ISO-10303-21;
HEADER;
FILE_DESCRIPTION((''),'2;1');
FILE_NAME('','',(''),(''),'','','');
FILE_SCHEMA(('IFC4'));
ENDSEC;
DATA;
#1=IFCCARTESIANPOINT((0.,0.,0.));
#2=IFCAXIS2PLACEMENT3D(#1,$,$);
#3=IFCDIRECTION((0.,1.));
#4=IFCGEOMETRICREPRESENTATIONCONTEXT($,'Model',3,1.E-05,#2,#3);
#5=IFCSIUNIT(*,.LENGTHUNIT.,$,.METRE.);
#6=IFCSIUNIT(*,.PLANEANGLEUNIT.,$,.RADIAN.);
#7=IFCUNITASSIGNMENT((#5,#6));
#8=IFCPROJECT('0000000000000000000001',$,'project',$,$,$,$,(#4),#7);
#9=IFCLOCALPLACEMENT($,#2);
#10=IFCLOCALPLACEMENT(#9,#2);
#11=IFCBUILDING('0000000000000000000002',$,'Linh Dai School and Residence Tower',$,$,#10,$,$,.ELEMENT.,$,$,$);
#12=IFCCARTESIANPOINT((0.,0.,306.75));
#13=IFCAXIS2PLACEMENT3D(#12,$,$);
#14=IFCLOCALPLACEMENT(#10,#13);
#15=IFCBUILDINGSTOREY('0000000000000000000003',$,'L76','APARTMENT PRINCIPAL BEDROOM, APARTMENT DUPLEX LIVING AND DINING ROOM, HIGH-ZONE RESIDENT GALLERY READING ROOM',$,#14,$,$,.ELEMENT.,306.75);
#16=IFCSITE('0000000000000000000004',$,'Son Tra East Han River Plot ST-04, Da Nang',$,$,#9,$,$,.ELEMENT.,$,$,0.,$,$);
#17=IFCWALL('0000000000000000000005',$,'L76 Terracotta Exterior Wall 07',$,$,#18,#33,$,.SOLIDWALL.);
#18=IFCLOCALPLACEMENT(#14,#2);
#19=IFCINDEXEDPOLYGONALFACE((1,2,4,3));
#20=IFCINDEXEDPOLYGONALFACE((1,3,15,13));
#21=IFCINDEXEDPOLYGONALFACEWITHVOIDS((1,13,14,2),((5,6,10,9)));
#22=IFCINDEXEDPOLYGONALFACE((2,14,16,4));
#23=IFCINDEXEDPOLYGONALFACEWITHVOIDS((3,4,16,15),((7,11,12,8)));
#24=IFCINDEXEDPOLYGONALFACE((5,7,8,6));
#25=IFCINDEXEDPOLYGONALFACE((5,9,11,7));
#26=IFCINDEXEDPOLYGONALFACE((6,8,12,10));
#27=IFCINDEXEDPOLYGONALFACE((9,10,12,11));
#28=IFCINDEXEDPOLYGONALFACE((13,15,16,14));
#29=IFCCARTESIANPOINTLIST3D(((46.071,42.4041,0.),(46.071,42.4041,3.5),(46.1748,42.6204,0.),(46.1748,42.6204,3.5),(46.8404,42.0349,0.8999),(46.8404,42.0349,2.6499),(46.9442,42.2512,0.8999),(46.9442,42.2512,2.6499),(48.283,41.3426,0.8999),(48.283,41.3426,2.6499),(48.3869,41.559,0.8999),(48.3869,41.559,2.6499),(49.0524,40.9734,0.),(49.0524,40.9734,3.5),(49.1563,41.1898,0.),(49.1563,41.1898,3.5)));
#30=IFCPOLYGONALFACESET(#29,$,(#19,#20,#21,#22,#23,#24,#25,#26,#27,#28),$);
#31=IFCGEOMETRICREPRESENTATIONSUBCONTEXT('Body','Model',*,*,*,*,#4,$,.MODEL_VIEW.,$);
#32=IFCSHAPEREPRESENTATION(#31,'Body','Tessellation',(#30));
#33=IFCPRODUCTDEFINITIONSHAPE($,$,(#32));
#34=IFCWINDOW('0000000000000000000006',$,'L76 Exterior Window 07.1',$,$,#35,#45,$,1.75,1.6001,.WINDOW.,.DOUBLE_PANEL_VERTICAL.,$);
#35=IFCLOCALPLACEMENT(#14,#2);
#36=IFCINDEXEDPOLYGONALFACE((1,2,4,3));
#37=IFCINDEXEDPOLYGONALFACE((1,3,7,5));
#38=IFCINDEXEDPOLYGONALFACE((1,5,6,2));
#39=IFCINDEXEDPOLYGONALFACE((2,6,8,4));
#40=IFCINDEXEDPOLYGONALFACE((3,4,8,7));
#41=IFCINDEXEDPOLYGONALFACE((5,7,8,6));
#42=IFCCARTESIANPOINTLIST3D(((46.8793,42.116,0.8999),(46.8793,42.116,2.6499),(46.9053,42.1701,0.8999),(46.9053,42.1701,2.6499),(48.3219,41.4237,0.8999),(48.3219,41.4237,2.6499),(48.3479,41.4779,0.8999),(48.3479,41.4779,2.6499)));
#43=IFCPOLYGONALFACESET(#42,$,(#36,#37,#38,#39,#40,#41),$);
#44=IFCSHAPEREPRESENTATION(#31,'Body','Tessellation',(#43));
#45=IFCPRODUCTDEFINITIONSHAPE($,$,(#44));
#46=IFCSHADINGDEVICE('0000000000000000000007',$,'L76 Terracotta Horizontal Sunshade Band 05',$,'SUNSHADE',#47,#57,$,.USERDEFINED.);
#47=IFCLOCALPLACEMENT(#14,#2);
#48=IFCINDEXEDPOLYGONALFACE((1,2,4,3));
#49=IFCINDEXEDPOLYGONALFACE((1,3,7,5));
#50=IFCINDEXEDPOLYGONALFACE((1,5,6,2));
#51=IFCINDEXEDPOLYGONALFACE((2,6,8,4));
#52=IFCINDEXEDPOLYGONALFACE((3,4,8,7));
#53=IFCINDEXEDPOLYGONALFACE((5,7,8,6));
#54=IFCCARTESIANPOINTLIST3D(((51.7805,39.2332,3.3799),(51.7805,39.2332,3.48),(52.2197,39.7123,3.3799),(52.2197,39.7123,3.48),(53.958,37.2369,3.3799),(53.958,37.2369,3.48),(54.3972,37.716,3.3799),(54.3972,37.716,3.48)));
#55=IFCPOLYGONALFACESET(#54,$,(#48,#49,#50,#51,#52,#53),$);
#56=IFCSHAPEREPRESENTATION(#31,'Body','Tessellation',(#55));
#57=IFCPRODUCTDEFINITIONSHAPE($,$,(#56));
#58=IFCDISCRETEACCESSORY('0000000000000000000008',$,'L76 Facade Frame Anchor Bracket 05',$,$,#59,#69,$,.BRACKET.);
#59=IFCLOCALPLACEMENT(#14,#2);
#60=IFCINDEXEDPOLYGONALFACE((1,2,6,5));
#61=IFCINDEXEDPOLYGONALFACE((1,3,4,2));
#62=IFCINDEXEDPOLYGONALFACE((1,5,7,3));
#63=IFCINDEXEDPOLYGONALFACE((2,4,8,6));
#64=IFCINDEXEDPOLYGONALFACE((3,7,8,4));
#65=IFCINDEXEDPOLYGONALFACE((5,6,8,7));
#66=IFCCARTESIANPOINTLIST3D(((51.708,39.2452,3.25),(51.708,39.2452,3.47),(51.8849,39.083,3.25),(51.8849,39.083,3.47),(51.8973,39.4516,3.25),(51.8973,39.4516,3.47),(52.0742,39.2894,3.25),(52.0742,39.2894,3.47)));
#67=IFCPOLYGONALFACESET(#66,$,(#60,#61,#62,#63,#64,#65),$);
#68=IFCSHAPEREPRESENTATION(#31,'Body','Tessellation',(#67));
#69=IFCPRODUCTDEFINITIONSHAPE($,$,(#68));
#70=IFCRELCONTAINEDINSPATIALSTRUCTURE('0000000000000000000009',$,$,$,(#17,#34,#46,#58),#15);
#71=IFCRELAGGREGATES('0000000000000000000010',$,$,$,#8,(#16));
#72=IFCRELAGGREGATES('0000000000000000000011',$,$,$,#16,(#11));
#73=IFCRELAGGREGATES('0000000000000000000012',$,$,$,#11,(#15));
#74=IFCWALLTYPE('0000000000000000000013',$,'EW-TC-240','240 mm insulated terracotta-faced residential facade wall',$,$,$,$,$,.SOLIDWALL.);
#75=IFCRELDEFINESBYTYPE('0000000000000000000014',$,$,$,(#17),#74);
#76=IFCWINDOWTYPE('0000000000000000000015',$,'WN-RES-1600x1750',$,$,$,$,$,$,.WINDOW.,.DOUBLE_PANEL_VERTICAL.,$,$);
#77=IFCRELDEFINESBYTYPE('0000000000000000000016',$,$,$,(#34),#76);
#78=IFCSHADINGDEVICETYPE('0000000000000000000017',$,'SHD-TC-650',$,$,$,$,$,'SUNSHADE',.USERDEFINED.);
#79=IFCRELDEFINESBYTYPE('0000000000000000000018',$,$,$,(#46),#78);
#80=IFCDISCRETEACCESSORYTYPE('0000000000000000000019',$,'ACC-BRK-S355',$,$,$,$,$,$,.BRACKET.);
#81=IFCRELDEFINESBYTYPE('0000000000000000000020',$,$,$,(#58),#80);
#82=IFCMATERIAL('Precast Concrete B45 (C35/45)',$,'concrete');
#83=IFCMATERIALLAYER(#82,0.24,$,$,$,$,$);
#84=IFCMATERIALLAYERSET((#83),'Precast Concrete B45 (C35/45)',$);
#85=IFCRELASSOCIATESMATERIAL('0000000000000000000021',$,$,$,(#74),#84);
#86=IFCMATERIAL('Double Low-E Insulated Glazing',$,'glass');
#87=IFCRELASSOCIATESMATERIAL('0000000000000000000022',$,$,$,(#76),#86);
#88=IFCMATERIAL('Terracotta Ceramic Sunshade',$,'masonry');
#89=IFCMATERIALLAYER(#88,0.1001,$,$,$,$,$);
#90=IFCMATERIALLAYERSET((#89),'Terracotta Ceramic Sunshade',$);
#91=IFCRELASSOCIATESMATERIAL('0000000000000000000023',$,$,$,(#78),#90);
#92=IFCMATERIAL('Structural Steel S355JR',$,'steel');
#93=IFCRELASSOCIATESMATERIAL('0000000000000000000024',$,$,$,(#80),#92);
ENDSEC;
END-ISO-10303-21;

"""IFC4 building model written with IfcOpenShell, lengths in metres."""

from ifc_helpers import new_model, si_unit, direction, frame, frame_2d, origin, origin_2d, place, context, subcontext, project, spatial, rectangle, extrude, source, transform, mapped, material, layer, layer_set, type_object, element, fill, save


model = new_model("IFC4")

# Units and contexts
model_context = context("Model", 3, precision=1e-05, world=origin(), true_north=direction((0.0, 1.0)))
body_context = subcontext(model_context, "Body", "Model", "MODEL_VIEW")
ifc_project = project(units=[si_unit("LENGTHUNIT", "METRE"), si_unit("PLANEANGLEUNIT", "RADIAN")], contexts=[model_context])

# Site, building, storey
site_placement = place(None, origin())
site = spatial("IfcSite", under=ifc_project, at=site_placement, Name="Son Tra East Han River Plot ST-04, Da Nang", CompositionType="ELEMENT", RefElevation=0.0)
building_placement = place(site_placement, origin())
building = spatial("IfcBuilding", under=site, at=building_placement, Name="Linh Dai School and Residence Tower", CompositionType="ELEMENT")
storey_placement = place(building_placement, frame((0.0, 0.0, 306.75)))
storey = spatial("IfcBuildingStorey", under=building, at=storey_placement, Name="L76", Description="APARTMENT PRINCIPAL BEDROOM, APARTMENT DUPLEX LIVING AND DINING ROOM, HIGH-ZONE RESIDENT GALLERY READING ROOM", CompositionType="ELEMENT", Elevation=306.75)

# Shared definitions
ifc_material_1 = material(Name="Structural Steel S355JR", Category="steel")

# Shared definitions
ifc_material_2 = material(Name="Precast Concrete B45 (C35/45)", Category="concrete")

# Shared definitions
ifc_material_3 = material(Name="Double Low-E Insulated Glazing", Category="glass")

# Shared definitions
ifc_layer_1 = layer(ifc_material_2, 0.24)
ifc_layer_set_1 = layer_set([ifc_layer_1], Name="Precast Concrete B45 (C35/45)")
wall_type = type_object("IfcWallType", Name="EW-TC-240", Description="240 mm insulated terracotta-faced residential facade wall", PredefinedType="SOLIDWALL", material=ifc_layer_set_1)

# Wall, opening, window
wall_1_placement = place(storey_placement, frame((46.123, 42.5122, 0.0), z_axis=(0.0, 0.0, 1.0), x_axis=(0.901574, -0.432625, 0.0)))
wall_1 = element("IfcWall", 1, at=wall_1_placement, inside=storey, type_object=wall_type, Name="L76 Terracotta Exterior Wall 07", PredefinedType="SOLIDWALL", context=body_context, shape_type="SweptSolid", body=[
    extrude(rectangle(XDim=3.3069, YDim=0.24, at=frame_2d((1.6533, 0.0))), origin(), (0.0, 0.0, 1.0), 3.5),
])
opening_1_placement = place(wall_1_placement, frame((0.8533, 0.0, 0.8999)))
opening_1 = element("IfcOpeningElement", 2, at=opening_1_placement, cuts=wall_1, PredefinedType="OPENING", context=body_context, shape_type="SweptSolid", body=[
    extrude(rectangle(XDim=1.6001, YDim=1.75, at=origin_2d()), frame((0.8, 0.1299, 0.875), z_axis=(0.0, -1.0, 0.0), x_axis=(1.0, 0.0, 0.0)), (0.0, 0.0, 1.0), 0.26),
])
window_type_1 = type_object("IfcWindowType", Name="WN-RES-1600x1750", PartitioningType="DOUBLE_PANEL_VERTICAL", PredefinedType="WINDOW", material=ifc_material_3)
shared_shape_1 = source(origin(), body_context, "Body", "SweptSolid", [
    extrude(rectangle(XDim=1.6001, YDim=1.75, at=origin_2d()), frame((0.8, 0.03, 0.875), z_axis=(0.0, -1.0, 0.0), x_axis=(1.0, 0.0, 0.0)), (0.0, 0.0, 1.0), 0.0601),
])
window_1_placement = place(opening_1_placement, origin())
window_1 = element("IfcWindow", 3, at=window_1_placement, inside=storey, type_object=window_type_1, Name="L76 Exterior Window 07.1", OverallHeight=1.75, OverallWidth=1.6001, PartitioningType="DOUBLE_PANEL_VERTICAL", PredefinedType="WINDOW", context=body_context, shape_type="MappedRepresentation", body=[
    mapped(shared_shape_1, transform((0.0, 0.0, 0.0), x_axis=(1.0, 0.0, 0.0), y_axis=(0.0, 1.0, 0.0), z_axis=(0.0, 0.0, 1.0), scale=1.0)),
])
fill(opening_1, window_1)

# Shading device
ifc_material_4 = material(Name="Terracotta Ceramic Sunshade", Category="masonry")
ifc_layer_2 = layer(ifc_material_4, 0.1001)
ifc_layer_set_2 = layer_set([ifc_layer_2], Name="Terracotta Ceramic Sunshade")
shading_device_type = type_object("IfcShadingDeviceType", Name="SHD-TC-650", ElementType="SUNSHADE", PredefinedType="USERDEFINED", material=ifc_layer_set_2)
shared_shape_2 = source(origin(), body_context, "Body", "SweptSolid", [
    extrude(rectangle(XDim=2.9541, YDim=0.6499, at=origin_2d()), origin(), (0.0, 0.0, 1.0), 0.1001),
])
shading_device_placement = place(storey_placement, frame((53.0889, 38.4746, 3.3799), z_axis=(0.0, 0.0, 1.0), x_axis=(0.737106, -0.675777, 0.0)))
element("IfcShadingDevice", 4, at=shading_device_placement, inside=storey, type_object=shading_device_type, Name="L76 Terracotta Horizontal Sunshade Band 05", ObjectType="SUNSHADE", PredefinedType="USERDEFINED", context=body_context, shape_type="MappedRepresentation", body=[
    mapped(shared_shape_2, transform((0.0, 0.0, 0.0), x_axis=(1.0, 0.0, 0.0), y_axis=(0.0, 1.0, 0.0), z_axis=(0.0, 0.0, 1.0), scale=1.0)),
])

# Discrete accessory
discrete_accessory_type = type_object("IfcDiscreteAccessoryType", Name="ACC-BRK-S355", PredefinedType="BRACKET", material=ifc_material_1)
shared_shape_3 = source(origin(), body_context, "Body", "SweptSolid", [
    extrude(rectangle(XDim=0.28, YDim=0.24, at=origin_2d()), origin(), (0.0, 0.0, 1.0), 0.22),
])
discrete_accessory_placement = place(storey_placement, frame((51.8911, 39.2673, 3.25), z_axis=(0.0, 0.0, 1.0), x_axis=(0.675777, 0.737106, 0.0)))
element("IfcDiscreteAccessory", 5, at=discrete_accessory_placement, inside=storey, type_object=discrete_accessory_type, Name="L76 Facade Frame Anchor Bracket 05", PredefinedType="BRACKET", context=body_context, shape_type="MappedRepresentation", body=[
    mapped(shared_shape_3, transform((0.0, 0.0, 0.0), x_axis=(1.0, 0.0, 0.0), y_axis=(0.0, 1.0, 0.0), z_axis=(0.0, 0.0, 1.0), scale=1.0)),
])

save(model, "model.ifc")
